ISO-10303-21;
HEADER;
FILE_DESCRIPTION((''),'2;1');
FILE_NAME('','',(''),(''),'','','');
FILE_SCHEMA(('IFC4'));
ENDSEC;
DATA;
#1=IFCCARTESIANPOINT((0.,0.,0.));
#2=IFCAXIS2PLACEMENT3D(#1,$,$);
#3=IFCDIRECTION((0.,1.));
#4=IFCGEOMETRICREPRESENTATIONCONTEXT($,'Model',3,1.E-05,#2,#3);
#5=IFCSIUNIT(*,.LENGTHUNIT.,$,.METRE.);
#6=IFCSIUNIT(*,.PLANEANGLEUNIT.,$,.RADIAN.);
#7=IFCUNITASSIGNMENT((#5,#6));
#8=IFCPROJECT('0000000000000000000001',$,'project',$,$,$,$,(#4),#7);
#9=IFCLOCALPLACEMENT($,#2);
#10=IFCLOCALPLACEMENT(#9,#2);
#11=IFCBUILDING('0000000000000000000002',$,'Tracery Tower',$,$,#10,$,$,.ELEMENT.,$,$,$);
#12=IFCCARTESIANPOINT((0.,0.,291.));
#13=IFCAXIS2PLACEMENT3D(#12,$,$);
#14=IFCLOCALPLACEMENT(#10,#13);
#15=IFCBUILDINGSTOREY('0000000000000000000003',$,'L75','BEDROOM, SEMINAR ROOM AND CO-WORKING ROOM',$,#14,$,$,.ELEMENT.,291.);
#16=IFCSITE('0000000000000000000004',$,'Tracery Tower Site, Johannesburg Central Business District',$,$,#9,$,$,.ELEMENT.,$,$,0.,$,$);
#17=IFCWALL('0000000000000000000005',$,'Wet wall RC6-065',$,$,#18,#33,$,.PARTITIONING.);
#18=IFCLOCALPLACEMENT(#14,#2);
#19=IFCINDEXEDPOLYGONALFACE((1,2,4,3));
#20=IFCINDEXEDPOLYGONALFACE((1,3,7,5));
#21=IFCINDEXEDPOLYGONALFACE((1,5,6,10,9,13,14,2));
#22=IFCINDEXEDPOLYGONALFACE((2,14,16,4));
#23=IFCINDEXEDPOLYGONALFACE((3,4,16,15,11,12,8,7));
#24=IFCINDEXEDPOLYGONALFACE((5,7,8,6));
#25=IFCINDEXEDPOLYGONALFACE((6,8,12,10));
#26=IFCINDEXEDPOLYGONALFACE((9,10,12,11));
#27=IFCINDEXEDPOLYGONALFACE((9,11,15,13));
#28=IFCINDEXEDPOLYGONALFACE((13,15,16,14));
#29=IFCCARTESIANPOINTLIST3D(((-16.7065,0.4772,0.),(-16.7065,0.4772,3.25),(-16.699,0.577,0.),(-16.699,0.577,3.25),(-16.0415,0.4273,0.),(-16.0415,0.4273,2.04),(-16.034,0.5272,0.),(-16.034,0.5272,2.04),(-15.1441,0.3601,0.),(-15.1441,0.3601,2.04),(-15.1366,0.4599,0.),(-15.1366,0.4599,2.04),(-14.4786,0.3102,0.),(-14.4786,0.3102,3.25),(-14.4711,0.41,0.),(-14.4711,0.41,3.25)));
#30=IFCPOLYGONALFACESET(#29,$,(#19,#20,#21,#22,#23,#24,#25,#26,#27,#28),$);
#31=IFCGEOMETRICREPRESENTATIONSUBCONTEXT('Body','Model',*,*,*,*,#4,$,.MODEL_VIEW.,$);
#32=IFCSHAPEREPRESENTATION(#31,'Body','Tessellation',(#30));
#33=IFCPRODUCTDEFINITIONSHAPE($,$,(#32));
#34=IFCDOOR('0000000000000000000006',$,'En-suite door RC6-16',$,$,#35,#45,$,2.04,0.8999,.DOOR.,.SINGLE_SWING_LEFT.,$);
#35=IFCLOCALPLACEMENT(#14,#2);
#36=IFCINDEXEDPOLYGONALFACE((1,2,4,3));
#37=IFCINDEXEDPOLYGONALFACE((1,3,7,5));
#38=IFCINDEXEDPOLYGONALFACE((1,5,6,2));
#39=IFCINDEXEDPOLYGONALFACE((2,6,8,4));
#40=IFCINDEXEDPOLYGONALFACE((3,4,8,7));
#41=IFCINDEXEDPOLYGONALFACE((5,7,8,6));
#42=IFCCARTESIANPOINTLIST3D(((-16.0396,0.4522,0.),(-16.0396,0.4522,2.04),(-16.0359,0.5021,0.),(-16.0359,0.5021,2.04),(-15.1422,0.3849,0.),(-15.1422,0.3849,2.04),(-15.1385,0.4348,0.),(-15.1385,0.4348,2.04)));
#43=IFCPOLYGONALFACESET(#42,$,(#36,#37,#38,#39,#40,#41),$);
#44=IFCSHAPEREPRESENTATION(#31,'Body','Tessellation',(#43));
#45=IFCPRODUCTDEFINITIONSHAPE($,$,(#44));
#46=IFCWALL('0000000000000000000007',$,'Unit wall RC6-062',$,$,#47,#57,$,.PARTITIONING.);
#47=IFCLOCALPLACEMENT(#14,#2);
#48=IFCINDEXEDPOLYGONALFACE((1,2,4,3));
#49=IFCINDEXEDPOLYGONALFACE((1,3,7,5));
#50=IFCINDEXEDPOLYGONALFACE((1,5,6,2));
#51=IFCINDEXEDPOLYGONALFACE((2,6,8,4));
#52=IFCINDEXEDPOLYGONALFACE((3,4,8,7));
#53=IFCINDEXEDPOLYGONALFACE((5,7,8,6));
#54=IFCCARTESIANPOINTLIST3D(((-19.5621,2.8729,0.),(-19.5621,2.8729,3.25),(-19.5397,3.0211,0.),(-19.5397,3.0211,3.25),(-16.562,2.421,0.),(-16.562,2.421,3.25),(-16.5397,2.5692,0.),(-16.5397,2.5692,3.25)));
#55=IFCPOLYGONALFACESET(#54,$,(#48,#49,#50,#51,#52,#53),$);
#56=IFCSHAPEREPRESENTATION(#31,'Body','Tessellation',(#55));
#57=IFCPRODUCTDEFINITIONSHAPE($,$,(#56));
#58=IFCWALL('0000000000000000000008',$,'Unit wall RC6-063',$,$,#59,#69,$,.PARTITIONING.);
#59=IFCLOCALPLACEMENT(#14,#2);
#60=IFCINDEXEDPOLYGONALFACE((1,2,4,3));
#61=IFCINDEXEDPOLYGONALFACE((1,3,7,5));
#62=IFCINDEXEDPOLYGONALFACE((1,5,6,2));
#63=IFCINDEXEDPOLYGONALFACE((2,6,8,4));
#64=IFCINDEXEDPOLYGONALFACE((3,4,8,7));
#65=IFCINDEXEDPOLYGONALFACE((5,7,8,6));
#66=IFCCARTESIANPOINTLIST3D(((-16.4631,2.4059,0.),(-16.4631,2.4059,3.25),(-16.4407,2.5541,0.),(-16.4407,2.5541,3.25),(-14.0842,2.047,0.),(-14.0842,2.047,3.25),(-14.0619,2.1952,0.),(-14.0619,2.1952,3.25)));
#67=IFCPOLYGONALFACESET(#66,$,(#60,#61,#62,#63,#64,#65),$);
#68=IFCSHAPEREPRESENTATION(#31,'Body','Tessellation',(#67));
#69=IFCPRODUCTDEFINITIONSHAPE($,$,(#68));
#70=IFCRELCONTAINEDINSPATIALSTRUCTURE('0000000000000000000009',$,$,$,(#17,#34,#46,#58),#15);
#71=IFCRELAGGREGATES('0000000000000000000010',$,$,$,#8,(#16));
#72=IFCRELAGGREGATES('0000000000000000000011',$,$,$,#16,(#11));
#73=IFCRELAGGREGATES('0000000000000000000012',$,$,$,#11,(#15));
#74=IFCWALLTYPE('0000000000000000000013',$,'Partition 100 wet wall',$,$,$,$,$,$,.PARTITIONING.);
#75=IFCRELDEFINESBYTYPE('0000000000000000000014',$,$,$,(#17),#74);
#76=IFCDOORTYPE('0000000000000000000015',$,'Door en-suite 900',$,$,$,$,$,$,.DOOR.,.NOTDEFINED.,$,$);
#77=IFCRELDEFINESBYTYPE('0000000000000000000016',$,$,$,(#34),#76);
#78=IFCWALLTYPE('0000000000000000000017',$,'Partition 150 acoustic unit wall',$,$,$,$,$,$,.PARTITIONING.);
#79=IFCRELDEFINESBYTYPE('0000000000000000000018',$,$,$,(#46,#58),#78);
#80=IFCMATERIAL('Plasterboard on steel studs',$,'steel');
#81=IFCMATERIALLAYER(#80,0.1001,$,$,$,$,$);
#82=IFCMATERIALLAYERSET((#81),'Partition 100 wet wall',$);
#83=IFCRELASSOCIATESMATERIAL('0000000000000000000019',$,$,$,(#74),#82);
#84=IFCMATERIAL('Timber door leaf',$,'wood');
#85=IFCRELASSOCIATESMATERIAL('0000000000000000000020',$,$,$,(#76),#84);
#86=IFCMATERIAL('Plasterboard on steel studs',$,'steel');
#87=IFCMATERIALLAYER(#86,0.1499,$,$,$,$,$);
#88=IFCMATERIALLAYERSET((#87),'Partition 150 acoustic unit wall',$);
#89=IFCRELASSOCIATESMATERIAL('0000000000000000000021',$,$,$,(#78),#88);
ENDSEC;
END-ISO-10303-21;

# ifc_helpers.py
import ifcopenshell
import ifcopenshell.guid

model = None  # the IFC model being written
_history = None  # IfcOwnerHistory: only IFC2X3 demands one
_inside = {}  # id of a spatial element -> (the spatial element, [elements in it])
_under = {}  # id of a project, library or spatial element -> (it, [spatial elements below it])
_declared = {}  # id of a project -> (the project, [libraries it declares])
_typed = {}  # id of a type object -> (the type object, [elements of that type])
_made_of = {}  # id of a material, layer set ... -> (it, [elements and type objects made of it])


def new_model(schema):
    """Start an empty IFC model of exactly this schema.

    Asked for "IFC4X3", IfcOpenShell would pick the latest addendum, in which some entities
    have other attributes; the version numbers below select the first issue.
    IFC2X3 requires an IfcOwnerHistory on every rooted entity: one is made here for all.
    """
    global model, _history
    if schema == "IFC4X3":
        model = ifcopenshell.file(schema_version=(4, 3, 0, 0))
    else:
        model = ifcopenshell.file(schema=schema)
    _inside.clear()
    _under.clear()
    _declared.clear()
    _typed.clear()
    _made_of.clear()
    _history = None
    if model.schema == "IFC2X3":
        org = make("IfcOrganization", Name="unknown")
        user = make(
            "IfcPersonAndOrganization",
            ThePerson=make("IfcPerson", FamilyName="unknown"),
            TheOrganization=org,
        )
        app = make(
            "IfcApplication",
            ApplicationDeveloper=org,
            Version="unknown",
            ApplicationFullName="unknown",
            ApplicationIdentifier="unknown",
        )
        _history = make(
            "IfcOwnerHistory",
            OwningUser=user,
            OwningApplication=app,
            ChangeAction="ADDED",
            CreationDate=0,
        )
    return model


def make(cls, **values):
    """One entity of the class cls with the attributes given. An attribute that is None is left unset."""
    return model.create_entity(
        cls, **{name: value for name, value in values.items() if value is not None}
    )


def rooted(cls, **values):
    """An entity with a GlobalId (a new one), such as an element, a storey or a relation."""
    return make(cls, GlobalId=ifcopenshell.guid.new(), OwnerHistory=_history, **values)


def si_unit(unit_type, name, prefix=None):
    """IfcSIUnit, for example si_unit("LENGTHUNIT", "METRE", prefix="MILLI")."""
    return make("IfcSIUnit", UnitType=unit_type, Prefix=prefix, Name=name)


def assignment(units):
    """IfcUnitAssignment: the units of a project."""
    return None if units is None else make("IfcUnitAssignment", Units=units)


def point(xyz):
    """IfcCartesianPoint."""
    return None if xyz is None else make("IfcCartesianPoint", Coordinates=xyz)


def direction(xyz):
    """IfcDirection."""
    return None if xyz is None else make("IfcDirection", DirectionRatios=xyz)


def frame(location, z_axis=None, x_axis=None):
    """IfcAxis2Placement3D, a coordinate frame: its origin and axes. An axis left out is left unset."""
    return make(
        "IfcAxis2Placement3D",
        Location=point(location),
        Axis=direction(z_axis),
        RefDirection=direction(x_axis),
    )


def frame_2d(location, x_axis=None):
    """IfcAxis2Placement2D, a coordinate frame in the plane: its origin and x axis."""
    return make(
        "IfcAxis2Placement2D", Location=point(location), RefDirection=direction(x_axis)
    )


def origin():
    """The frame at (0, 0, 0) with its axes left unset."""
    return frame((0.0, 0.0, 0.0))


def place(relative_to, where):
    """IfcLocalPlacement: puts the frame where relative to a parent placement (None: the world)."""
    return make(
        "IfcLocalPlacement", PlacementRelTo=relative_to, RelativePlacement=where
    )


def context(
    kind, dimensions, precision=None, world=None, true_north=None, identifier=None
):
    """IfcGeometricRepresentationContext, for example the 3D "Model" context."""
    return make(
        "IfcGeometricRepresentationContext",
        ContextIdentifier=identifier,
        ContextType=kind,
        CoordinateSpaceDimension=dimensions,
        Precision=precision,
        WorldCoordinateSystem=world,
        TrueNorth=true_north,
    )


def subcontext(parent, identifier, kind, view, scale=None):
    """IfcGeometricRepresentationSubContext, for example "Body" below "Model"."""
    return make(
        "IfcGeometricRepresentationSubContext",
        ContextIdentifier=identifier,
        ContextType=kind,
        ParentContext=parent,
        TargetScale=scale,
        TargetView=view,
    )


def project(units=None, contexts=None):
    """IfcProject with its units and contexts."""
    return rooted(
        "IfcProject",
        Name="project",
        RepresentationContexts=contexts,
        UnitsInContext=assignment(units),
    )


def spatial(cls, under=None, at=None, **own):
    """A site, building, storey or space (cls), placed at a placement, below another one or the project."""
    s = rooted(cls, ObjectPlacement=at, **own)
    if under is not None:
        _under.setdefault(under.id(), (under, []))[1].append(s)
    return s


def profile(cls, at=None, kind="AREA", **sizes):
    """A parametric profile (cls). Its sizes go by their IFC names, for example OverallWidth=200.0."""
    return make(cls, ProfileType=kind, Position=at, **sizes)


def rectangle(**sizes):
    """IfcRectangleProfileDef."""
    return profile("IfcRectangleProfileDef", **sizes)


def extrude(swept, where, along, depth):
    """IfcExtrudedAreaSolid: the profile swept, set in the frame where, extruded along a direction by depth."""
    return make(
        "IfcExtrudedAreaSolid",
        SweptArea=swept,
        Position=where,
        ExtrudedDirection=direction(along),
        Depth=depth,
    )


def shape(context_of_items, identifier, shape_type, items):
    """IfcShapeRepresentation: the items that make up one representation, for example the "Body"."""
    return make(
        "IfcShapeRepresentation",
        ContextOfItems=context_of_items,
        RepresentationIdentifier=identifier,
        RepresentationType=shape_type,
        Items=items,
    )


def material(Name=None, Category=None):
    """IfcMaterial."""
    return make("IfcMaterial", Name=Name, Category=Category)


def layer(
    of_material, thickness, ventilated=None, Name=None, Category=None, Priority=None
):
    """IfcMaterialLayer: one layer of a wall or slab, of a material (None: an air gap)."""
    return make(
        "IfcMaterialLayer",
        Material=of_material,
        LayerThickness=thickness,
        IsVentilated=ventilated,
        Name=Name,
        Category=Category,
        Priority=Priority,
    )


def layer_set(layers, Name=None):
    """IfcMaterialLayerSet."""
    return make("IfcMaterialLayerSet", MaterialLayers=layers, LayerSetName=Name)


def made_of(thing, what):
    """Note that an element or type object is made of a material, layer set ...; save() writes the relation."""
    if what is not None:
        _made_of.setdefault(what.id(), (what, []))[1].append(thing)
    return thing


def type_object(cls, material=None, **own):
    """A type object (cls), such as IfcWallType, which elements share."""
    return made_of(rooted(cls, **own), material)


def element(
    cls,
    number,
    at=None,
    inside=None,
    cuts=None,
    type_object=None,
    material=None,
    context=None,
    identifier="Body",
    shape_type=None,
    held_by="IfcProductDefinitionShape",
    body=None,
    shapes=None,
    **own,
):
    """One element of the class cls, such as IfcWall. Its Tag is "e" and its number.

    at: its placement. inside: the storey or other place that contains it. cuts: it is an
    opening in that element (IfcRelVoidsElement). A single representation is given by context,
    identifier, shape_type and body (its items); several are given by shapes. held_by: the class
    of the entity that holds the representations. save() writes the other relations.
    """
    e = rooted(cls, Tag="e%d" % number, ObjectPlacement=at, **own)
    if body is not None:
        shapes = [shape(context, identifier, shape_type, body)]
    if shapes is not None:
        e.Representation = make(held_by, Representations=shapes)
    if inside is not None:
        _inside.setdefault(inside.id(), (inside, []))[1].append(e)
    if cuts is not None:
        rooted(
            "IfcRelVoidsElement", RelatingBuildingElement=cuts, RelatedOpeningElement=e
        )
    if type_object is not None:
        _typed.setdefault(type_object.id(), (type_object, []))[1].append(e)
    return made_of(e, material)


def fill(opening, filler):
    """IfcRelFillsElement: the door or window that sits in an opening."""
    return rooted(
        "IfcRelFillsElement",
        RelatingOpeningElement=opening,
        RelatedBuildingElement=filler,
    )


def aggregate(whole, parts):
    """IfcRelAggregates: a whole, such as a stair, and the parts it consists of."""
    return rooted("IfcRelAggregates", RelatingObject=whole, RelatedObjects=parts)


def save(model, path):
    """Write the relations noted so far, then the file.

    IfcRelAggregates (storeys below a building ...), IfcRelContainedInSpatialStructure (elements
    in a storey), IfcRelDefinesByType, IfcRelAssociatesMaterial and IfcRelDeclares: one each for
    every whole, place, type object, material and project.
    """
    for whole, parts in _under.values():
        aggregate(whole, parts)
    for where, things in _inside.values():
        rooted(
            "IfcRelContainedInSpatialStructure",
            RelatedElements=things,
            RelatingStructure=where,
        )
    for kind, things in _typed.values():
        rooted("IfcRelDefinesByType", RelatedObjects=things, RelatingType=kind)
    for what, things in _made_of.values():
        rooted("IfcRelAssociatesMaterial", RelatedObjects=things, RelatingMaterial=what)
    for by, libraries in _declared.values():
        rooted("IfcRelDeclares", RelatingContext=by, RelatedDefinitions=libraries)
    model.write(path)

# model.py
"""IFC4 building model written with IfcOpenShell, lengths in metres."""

from ifc_helpers import new_model, si_unit, direction, frame, frame_2d, origin, place, context, subcontext, project, spatial, rectangle, extrude, material, layer, layer_set, type_object, element, fill, save


model = new_model("IFC4")

# Units and contexts
model_context = context("Model", 3, precision=1e-05, world=origin(), true_north=direction((0.0, 1.0)))
body_context = subcontext(model_context, "Body", "Model", "MODEL_VIEW")
ifc_project = project(units=[si_unit("LENGTHUNIT", "METRE"), si_unit("PLANEANGLEUNIT", "RADIAN")], contexts=[model_context])

# Site, building, storey
site_placement = place(None, origin())
site = spatial("IfcSite", under=ifc_project, at=site_placement, Name="Tracery Tower Site, Johannesburg Central Business District", CompositionType="ELEMENT", RefElevation=0.0)
building_placement = place(site_placement, origin())
building = spatial("IfcBuilding", under=site, at=building_placement, Name="Tracery Tower", CompositionType="ELEMENT")
storey_placement = place(building_placement, frame((0.0, 0.0, 291.0)))
storey = spatial("IfcBuildingStorey", under=building, at=storey_placement, Name="L75", Description="BEDROOM, SEMINAR ROOM AND CO-WORKING ROOM", CompositionType="ELEMENT", Elevation=291.0)

# Shared definitions
ifc_material_1 = material(Name="Plasterboard on steel studs", Category="steel")
ifc_layer_1 = layer(ifc_material_1, 0.1001)
ifc_layer_set_1 = layer_set([ifc_layer_1], Name="Partition 100 wet wall")
wall_type_1 = type_object("IfcWallType", Name="Partition 100 wet wall", PredefinedType="PARTITIONING", material=ifc_layer_set_1)
ifc_material_2 = material(Name="Timber door leaf", Category="wood")
door_type = type_object("IfcDoorType", Name="Door en-suite 900", OperationType="NOTDEFINED", PredefinedType="DOOR", material=ifc_material_2)

# Wall, opening, door
wall_1_placement = place(storey_placement, frame((-16.7029, 0.5271, 0.0), z_axis=(0.0, 0.0, 1.0), x_axis=(0.997202, -0.074749, 0.0)))
wall_1 = element("IfcWall", 1, at=wall_1_placement, inside=storey, type_object=wall_type_1, Name="Wet wall RC6-065", PredefinedType="PARTITIONING", context=body_context, shape_type="SweptSolid", body=[
    extrude(rectangle(XDim=2.2341, YDim=0.1001, at=frame_2d((1.1172, 0.0))), origin(), (0.0, 0.0, 1.0), 3.25),
])
opening_1_placement = place(wall_1_placement, frame((0.667, 0.0, 0.0)))
opening_1 = element("IfcOpeningElement", 2, at=opening_1_placement, cuts=wall_1, PredefinedType="OPENING", context=body_context, shape_type="SweptSolid", body=[
    extrude(rectangle(XDim=0.8999, YDim=2.04, at=frame_2d((0.45, 1.02))), frame((0.0, 0.05, 0.0), z_axis=(0.0, -1.0, 0.0), x_axis=(1.0, 0.0, 0.0)), (0.0, 0.0, 1.0), 0.1001),
])
door_1_placement = place(opening_1_placement, origin())
door_1 = element("IfcDoor", 3, at=door_1_placement, inside=storey, type_object=door_type, Name="En-suite door RC6-16", OperationType="SINGLE_SWING_LEFT", OverallHeight=2.04, OverallWidth=0.8999, PredefinedType="DOOR", context=body_context, shape_type="SweptSolid", body=[
    extrude(rectangle(XDim=0.8999, YDim=2.04, at=frame_2d((0.45, 1.02))), frame((0.0, 0.0249, 0.0), z_axis=(0.0, -1.0, 0.0), x_axis=(1.0, 0.0, 0.0)), (0.0, 0.0, 1.0), 0.05),
])
fill(opening_1, door_1)

# Walls
ifc_material_3 = material(Name="Plasterboard on steel studs", Category="steel")
ifc_layer_2 = layer(ifc_material_3, 0.1499)
ifc_layer_set_2 = layer_set([ifc_layer_2], Name="Partition 150 acoustic unit wall")
wall_type_2 = type_object("IfcWallType", Name="Partition 150 acoustic unit wall", PredefinedType="PARTITIONING", material=ifc_layer_set_2)
wall_2_placement = place(storey_placement, frame((-19.551, 2.947, 0.0), z_axis=(0.0, 0.0, 1.0), x_axis=(0.988844, -0.148954, 0.0)))
element("IfcWall", 4, at=wall_2_placement, inside=storey, type_object=wall_type_2, Name="Unit wall RC6-062", PredefinedType="PARTITIONING", context=body_context, shape_type="SweptSolid", body=[
    extrude(rectangle(XDim=3.0339, YDim=0.1499, at=frame_2d((1.5171, 0.0))), origin(), (0.0, 0.0, 1.0), 3.25),
])
wall_3_placement = place(storey_placement, frame((-16.4519, 2.48, 0.0), z_axis=(0.0, 0.0, 1.0), x_axis=(0.988811, -0.149174, 0.0)))
element("IfcWall", 5, at=wall_3_placement, inside=storey, type_object=wall_type_2, Name="Unit wall RC6-063", PredefinedType="PARTITIONING", context=body_context, shape_type="SweptSolid", body=[
    extrude(rectangle(XDim=2.4058, YDim=0.1499, at=frame_2d((1.2029, 0.0))), origin(), (0.0, 0.0, 1.0), 3.25),
])

save(model, "model.ifc")
